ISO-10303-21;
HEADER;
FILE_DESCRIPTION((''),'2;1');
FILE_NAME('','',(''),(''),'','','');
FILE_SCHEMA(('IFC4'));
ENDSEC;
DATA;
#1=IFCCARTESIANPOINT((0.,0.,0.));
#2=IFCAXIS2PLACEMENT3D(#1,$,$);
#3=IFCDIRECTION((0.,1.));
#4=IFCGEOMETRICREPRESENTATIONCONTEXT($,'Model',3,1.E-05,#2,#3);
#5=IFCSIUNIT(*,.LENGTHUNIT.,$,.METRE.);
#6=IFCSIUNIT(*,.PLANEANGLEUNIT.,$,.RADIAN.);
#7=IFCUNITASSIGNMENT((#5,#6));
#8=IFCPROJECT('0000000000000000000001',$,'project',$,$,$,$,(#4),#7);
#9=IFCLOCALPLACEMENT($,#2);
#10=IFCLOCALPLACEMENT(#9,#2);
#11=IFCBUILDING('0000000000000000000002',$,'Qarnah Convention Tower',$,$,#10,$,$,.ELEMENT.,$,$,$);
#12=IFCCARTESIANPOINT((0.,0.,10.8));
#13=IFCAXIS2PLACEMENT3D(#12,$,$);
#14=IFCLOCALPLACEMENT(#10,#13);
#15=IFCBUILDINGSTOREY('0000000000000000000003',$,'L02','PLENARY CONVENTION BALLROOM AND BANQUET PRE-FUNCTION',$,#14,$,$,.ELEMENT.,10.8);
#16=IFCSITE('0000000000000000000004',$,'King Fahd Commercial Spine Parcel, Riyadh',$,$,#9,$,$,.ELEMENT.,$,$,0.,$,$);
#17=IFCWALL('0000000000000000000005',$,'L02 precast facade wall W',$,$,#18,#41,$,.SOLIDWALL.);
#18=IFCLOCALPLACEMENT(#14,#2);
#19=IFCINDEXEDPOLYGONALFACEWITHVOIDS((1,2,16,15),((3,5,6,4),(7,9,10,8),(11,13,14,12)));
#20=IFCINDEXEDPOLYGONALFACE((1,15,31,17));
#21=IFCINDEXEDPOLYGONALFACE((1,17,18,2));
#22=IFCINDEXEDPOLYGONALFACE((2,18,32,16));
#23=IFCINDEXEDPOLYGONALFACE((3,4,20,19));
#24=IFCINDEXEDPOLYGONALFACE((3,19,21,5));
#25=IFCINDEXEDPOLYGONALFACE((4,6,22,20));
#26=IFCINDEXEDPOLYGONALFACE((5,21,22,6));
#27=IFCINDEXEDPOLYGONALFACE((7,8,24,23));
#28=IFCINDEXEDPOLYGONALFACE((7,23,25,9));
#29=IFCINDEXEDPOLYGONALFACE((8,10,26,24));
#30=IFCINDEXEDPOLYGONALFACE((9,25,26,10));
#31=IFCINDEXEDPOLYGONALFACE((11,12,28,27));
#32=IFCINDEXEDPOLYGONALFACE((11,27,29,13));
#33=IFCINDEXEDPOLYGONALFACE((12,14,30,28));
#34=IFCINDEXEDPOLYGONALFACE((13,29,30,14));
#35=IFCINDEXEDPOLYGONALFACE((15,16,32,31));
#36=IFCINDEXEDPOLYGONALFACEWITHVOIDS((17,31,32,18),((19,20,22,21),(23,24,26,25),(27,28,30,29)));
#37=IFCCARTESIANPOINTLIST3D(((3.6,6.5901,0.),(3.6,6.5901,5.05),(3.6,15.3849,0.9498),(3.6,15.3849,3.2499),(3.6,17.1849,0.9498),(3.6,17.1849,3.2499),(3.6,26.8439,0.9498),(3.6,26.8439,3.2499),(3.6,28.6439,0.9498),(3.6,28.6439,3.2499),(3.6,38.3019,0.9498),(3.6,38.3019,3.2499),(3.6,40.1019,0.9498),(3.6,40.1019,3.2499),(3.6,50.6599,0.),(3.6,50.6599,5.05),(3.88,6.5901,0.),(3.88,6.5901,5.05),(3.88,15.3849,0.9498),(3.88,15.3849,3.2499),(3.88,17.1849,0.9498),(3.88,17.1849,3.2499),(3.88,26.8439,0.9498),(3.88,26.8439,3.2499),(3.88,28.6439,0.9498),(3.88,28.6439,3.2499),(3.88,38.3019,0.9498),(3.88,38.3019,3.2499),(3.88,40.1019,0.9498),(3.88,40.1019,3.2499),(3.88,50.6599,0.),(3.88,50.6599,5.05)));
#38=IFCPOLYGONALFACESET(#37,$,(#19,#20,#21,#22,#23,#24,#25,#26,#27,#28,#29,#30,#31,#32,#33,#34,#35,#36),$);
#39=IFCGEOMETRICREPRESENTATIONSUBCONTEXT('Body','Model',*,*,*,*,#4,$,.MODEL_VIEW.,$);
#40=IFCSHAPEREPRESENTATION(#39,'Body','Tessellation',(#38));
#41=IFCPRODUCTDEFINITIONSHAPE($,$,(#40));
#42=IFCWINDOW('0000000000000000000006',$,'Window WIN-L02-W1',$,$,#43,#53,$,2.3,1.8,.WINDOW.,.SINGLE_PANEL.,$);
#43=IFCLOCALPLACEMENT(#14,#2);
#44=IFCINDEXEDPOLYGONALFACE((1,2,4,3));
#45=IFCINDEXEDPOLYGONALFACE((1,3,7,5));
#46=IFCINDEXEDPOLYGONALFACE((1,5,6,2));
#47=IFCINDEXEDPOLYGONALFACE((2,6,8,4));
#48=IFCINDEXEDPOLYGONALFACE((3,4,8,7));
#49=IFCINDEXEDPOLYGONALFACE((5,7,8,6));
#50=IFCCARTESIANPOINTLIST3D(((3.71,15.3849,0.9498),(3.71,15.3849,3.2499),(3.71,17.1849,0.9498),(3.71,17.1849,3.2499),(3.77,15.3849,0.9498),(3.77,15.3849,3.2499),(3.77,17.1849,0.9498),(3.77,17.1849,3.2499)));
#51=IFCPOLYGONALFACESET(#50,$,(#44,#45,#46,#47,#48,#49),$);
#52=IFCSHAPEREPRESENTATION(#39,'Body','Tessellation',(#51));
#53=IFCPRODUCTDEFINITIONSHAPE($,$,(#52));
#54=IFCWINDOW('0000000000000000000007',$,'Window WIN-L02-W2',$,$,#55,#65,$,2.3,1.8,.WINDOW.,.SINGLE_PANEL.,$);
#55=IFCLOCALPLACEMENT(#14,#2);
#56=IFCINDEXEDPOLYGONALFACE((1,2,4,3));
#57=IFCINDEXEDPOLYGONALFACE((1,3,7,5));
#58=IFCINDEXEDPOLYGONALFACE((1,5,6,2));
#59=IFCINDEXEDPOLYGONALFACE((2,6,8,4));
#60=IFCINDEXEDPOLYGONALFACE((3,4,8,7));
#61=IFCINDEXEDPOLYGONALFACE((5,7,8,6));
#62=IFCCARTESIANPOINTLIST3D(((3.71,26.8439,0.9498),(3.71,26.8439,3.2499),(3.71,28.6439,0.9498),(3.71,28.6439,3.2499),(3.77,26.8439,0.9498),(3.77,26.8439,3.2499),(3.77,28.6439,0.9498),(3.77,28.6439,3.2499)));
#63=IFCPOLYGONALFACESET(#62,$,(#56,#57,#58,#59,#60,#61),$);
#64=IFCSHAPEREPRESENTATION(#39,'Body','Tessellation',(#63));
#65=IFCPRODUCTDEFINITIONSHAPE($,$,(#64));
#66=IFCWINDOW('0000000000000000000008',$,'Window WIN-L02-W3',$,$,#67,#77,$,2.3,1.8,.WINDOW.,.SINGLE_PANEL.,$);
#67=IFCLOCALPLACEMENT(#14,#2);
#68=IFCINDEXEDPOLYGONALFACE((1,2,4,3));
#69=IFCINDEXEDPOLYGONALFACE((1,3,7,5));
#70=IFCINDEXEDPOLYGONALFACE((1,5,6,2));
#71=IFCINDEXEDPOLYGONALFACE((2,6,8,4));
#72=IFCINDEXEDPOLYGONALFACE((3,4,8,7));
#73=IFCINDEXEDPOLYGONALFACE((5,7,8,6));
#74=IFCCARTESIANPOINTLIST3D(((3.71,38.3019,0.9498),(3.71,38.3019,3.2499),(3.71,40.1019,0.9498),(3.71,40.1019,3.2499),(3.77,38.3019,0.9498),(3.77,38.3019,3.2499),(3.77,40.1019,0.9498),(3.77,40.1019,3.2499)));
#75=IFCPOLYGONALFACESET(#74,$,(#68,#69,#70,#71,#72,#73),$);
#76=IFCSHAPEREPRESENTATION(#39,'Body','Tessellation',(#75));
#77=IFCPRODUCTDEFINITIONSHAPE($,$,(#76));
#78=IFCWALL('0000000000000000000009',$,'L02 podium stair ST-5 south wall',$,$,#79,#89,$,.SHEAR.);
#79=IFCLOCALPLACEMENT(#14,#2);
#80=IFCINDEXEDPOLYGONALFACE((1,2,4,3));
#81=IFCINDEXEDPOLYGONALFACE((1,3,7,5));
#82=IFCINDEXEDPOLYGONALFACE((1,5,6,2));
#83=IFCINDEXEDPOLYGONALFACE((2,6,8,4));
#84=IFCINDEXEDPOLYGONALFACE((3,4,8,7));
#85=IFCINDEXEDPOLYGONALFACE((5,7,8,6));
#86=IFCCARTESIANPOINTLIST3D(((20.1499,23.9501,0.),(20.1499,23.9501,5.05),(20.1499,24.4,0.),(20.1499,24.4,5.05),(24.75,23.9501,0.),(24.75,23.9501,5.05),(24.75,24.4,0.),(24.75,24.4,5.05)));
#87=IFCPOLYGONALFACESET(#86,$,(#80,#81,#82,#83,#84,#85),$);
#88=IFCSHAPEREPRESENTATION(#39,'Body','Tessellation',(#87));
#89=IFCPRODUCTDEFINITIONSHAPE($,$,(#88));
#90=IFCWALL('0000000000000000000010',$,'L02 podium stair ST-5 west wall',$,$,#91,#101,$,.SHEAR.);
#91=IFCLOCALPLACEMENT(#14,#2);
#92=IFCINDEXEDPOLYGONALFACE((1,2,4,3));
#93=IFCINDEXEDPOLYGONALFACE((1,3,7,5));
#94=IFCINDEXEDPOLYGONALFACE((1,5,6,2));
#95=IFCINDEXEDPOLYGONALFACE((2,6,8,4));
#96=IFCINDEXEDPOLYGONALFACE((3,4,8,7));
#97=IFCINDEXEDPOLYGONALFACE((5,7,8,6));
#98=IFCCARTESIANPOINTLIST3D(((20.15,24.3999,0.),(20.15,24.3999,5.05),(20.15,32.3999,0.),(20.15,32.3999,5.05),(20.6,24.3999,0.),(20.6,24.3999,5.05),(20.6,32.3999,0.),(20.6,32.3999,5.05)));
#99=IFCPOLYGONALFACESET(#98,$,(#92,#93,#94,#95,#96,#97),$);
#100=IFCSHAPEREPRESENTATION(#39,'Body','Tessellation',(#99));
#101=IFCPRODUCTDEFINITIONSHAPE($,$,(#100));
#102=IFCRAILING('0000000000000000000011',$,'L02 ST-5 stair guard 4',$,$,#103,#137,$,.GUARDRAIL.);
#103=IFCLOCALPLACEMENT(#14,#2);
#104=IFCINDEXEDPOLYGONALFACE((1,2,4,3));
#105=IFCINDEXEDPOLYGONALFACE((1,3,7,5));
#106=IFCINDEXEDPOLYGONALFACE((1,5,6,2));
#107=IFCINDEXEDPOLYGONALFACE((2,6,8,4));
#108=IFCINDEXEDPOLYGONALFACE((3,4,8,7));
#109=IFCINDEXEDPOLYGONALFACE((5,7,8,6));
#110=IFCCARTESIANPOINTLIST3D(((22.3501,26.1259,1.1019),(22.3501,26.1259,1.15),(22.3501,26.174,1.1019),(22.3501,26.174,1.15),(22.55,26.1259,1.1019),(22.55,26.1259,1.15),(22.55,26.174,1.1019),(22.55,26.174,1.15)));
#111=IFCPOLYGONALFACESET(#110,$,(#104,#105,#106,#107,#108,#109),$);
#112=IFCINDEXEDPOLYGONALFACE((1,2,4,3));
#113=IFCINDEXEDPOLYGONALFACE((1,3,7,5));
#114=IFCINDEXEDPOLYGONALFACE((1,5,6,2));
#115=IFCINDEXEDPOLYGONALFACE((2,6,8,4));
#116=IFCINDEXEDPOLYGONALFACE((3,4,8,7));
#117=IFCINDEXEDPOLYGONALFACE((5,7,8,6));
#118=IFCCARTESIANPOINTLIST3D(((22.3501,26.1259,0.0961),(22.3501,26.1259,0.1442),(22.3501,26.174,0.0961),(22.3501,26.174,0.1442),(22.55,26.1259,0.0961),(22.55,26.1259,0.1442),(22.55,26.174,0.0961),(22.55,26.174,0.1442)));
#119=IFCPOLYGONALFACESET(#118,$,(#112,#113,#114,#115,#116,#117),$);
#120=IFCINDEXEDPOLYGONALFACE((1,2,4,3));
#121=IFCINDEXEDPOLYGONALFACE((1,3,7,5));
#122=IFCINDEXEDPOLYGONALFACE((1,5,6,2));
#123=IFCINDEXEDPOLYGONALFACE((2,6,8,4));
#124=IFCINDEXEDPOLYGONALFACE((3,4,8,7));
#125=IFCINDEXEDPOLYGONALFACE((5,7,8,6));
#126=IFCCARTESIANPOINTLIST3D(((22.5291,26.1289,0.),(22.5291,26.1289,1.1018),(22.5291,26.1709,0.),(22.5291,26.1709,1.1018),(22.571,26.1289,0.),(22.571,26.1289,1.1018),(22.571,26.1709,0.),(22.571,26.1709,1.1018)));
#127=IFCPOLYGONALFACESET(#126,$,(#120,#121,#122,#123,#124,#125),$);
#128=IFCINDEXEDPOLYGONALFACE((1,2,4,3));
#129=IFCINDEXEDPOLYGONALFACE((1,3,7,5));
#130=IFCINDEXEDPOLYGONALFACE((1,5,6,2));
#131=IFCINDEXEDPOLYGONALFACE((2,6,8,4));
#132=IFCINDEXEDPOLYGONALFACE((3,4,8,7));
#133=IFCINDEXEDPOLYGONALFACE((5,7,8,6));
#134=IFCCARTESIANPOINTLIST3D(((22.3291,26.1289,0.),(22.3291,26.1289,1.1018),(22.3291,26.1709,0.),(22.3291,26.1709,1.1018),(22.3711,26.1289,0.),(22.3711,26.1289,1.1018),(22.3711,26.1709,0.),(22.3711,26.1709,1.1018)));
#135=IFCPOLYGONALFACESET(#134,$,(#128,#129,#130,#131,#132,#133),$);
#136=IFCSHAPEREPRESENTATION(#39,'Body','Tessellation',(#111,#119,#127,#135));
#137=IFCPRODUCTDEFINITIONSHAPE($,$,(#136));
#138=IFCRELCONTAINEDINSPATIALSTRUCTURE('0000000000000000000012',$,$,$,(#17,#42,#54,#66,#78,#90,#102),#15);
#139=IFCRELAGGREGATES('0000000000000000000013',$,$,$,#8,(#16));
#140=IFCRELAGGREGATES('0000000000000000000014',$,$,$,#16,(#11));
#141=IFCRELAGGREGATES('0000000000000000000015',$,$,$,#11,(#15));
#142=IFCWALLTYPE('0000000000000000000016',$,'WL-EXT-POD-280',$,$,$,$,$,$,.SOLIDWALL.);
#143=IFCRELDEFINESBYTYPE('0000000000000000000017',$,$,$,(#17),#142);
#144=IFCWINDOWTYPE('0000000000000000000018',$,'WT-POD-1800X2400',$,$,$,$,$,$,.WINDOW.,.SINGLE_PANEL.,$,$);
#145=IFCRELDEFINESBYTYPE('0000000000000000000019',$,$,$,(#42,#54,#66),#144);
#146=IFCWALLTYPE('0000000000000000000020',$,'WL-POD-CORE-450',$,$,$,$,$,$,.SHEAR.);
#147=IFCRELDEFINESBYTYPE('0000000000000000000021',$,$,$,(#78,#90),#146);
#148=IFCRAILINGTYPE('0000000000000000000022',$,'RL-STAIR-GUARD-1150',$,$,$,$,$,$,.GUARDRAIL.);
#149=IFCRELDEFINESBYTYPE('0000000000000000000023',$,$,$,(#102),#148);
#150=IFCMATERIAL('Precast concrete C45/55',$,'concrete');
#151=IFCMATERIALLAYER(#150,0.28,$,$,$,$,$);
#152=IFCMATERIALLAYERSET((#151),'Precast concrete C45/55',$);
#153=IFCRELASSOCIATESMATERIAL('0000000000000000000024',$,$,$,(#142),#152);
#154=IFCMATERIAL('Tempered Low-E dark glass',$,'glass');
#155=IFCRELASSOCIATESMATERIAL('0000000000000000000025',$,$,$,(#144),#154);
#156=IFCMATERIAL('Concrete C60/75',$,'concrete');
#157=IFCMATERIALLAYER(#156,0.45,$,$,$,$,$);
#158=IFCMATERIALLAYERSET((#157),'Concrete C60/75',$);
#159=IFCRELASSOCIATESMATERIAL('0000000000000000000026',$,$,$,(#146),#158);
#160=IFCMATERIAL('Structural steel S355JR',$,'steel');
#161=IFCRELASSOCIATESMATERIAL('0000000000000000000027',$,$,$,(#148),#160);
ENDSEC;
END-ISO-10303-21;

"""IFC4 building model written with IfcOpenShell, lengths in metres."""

from ifc_helpers import new_model, si_unit, direction, frame, frame_2d, origin, origin_2d, place, context, subcontext, project, spatial, rectangle, extrude, material, layer, layer_set, type_object, element, fill, save


model = new_model("IFC4")

# Units and contexts
model_context = context("Model", 3, precision=1e-05, world=origin(), true_north=direction((0.0, 1.0)))
body_context = subcontext(model_context, "Body", "Model", "MODEL_VIEW")
ifc_project = project(units=[si_unit("LENGTHUNIT", "METRE"), si_unit("PLANEANGLEUNIT", "RADIAN")], contexts=[model_context])

# Site, building, storey
site_placement = place(None, origin())
site = spatial("IfcSite", under=ifc_project, at=site_placement, Name="King Fahd Commercial Spine Parcel, Riyadh", CompositionType="ELEMENT", RefElevation=0.0)
building_placement = place(site_placement, origin())
building = spatial("IfcBuilding", under=site, at=building_placement, Name="Qarnah Convention Tower", CompositionType="ELEMENT")
storey_placement = place(building_placement, frame((0.0, 0.0, 10.8)))
storey = spatial("IfcBuildingStorey", under=building, at=storey_placement, Name="L02", Description="PLENARY CONVENTION BALLROOM AND BANQUET PRE-FUNCTION", CompositionType="ELEMENT", Elevation=10.8)

# Shared definitions
ifc_material_1 = material(Name="Concrete C60/75", Category="concrete")

# Shared definitions
ifc_material_2 = material(Name="Structural steel S355JR", Category="steel")

# Shared definitions
ifc_material_3 = material(Name="Tempered Low-E dark glass", Category="glass")

# Wall, openings, windows
ifc_material_4 = material(Name="Precast concrete C45/55", Category="concrete")
ifc_layer_1 = layer(ifc_material_4, 0.28)
ifc_layer_set_1 = layer_set([ifc_layer_1], Name="Precast concrete C45/55")
wall_type_1 = type_object("IfcWallType", Name="WL-EXT-POD-280", PredefinedType="SOLIDWALL", material=ifc_layer_set_1)
wall_1_placement = place(storey_placement, frame((3.74, 6.5901, 0.0), z_axis=(0.0, 0.0, 1.0), x_axis=(0.0, 1.0, 0.0)))
wall_1 = element("IfcWall", 1, at=wall_1_placement, inside=storey, type_object=wall_type_1, Name="L02 precast facade wall W", PredefinedType="SOLIDWALL", context=body_context, shape_type="SweptSolid", body=[
    extrude(rectangle(XDim=44.0698, YDim=0.28, at=frame_2d((22.0349, 0.0))), origin(), (0.0, 0.0, 1.0), 5.05),
])
opening_1_placement = place(wall_1_placement, frame((8.7949, 0.0, 0.95)))
opening_1 = element("IfcOpeningElement", 2, at=opening_1_placement, cuts=wall_1, PredefinedType="OPENING", context=body_context, shape_type="SweptSolid", body=[
    extrude(rectangle(XDim=1.8, YDim=2.3, at=frame_2d((0.8999, 1.1499))), frame((0.0, 0.1499, 0.0), z_axis=(0.0, -1.0, 0.0), x_axis=(1.0, 0.0, 0.0)), (0.0, 0.0, 1.0), 0.3),
])
opening_2_placement = place(wall_1_placement, frame((20.2539, 0.0, 0.95)))
opening_2 = element("IfcOpeningElement", 3, at=opening_2_placement, cuts=wall_1, PredefinedType="OPENING", context=body_context, shape_type="SweptSolid", body=[
    extrude(rectangle(XDim=1.8, YDim=2.3, at=frame_2d((0.8999, 1.1499))), frame((0.0, 0.1499, 0.0), z_axis=(0.0, -1.0, 0.0), x_axis=(1.0, 0.0, 0.0)), (0.0, 0.0, 1.0), 0.3),
])
opening_3_placement = place(wall_1_placement, frame((31.7119, 0.0, 0.95)))
opening_3 = element("IfcOpeningElement", 4, at=opening_3_placement, cuts=wall_1, PredefinedType="OPENING", context=body_context, shape_type="SweptSolid", body=[
    extrude(rectangle(XDim=1.8, YDim=2.3, at=frame_2d((0.8999, 1.1499))), frame((0.0, 0.1499, 0.0), z_axis=(0.0, -1.0, 0.0), x_axis=(1.0, 0.0, 0.0)), (0.0, 0.0, 1.0), 0.3),
])
window_type_1 = type_object("IfcWindowType", Name="WT-POD-1800X2400", PartitioningType="SINGLE_PANEL", PredefinedType="WINDOW", material=ifc_material_3)
window_1_placement = place(opening_1_placement, origin())
window_1 = element("IfcWindow", 5, at=window_1_placement, inside=storey, type_object=window_type_1, Name="Window WIN-L02-W1", OverallHeight=2.3, OverallWidth=1.8, PartitioningType="SINGLE_PANEL", PredefinedType="WINDOW", context=body_context, shape_type="SweptSolid", body=[
    extrude(rectangle(XDim=1.8, YDim=2.3, at=frame_2d((0.8999, 1.1499))), frame((0.0, 0.03, 0.0), z_axis=(0.0, -1.0, 0.0), x_axis=(1.0, 0.0, 0.0)), (0.0, 0.0, 1.0), 0.0601),
])
fill(opening_1, window_1)
window_2_placement = place(opening_2_placement, origin())
window_2 = element("IfcWindow", 6, at=window_2_placement, inside=storey, type_object=window_type_1, Name="Window WIN-L02-W2", OverallHeight=2.3, OverallWidth=1.8, PartitioningType="SINGLE_PANEL", PredefinedType="WINDOW", context=body_context, shape_type="SweptSolid", body=[
    extrude(rectangle(XDim=1.8, YDim=2.3, at=frame_2d((0.8999, 1.1499))), frame((0.0, 0.03, 0.0), z_axis=(0.0, -1.0, 0.0), x_axis=(1.0, 0.0, 0.0)), (0.0, 0.0, 1.0), 0.0601),
])
fill(opening_2, window_2)
window_3_placement = place(opening_3_placement, origin())
window_3 = element("IfcWindow", 7, at=window_3_placement, inside=storey, type_object=window_type_1, Name="Window WIN-L02-W3", OverallHeight=2.3, OverallWidth=1.8, PartitioningType="SINGLE_PANEL", PredefinedType="WINDOW", context=body_context, shape_type="SweptSolid", body=[
    extrude(rectangle(XDim=1.8, YDim=2.3, at=frame_2d((0.8999, 1.1499))), frame((0.0, 0.03, 0.0), z_axis=(0.0, -1.0, 0.0), x_axis=(1.0, 0.0, 0.0)), (0.0, 0.0, 1.0), 0.0601),
])
fill(opening_3, window_3)

# Walls
ifc_layer_2 = layer(ifc_material_1, 0.45)
ifc_layer_set_2 = layer_set([ifc_layer_2], Name="Concrete C60/75")
wall_type_2 = type_object("IfcWallType", Name="WL-POD-CORE-450", PredefinedType="SHEAR", material=ifc_layer_set_2)
wall_2_placement = place(storey_placement, frame((20.1499, 24.175, 0.0), z_axis=(0.0, 0.0, 1.0), x_axis=(1.0, 0.0, 0.0)))
element("IfcWall", 8, at=wall_2_placement, inside=storey, type_object=wall_type_2, Name="L02 podium stair ST-5 south wall", PredefinedType="SHEAR", context=body_context, shape_type="SweptSolid", body=[
    extrude(rectangle(XDim=4.6001, YDim=0.45, at=frame_2d((2.3, 0.0))), origin(), (0.0, 0.0, 1.0), 5.05),
])
wall_3_placement = place(storey_placement, frame((20.375, 24.3999, 0.0), z_axis=(0.0, 0.0, 1.0), x_axis=(0.0, 1.0, 0.0)))
element("IfcWall", 9, at=wall_3_placement, inside=storey, type_object=wall_type_2, Name="L02 podium stair ST-5 west wall", PredefinedType="SHEAR", context=body_context, shape_type="SweptSolid", body=[
    extrude(rectangle(XDim=8.0, YDim=0.45, at=frame_2d((4.0, 0.0))), origin(), (0.0, 0.0, 1.0), 5.05),
])

# Railing
railing_type_1 = type_object("IfcRailingType", Name="RL-STAIR-GUARD-1150", PredefinedType="GUARDRAIL", material=ifc_material_2)
railing_1_placement = place(storey_placement, frame((22.55, 26.1499, 0.0)))
element("IfcRailing", 10, at=railing_1_placement, inside=storey, type_object=railing_type_1, Name="L02 ST-5 stair guard 4", PredefinedType="GUARDRAIL", context=body_context, shape_type="SweptSolid", body=[
    extrude(rectangle(XDim=0.0481, YDim=0.0481, at=origin_2d()), frame((0.0, 0.0, 1.126), z_axis=(-1.0, 0.0, 0.0), x_axis=(0.0, -1.0, 0.0)), (0.0, 0.0, 1.0), 0.2),
    extrude(rectangle(XDim=0.0481, YDim=0.0481, at=origin_2d()), frame((0.0, 0.0, 0.1201), z_axis=(-1.0, 0.0, 0.0), x_axis=(0.0, -1.0, 0.0)), (0.0, 0.0, 1.0), 0.2),
    extrude(rectangle(XDim=0.042, YDim=0.042, at=origin_2d()), origin(), (0.0, 0.0, 1.0), 1.1018),
    extrude(rectangle(XDim=0.042, YDim=0.042, at=origin_2d()), frame((-0.2, 0.0, 0.0)), (0.0, 0.0, 1.0), 1.1018),
])

save(model, "model.ifc")
